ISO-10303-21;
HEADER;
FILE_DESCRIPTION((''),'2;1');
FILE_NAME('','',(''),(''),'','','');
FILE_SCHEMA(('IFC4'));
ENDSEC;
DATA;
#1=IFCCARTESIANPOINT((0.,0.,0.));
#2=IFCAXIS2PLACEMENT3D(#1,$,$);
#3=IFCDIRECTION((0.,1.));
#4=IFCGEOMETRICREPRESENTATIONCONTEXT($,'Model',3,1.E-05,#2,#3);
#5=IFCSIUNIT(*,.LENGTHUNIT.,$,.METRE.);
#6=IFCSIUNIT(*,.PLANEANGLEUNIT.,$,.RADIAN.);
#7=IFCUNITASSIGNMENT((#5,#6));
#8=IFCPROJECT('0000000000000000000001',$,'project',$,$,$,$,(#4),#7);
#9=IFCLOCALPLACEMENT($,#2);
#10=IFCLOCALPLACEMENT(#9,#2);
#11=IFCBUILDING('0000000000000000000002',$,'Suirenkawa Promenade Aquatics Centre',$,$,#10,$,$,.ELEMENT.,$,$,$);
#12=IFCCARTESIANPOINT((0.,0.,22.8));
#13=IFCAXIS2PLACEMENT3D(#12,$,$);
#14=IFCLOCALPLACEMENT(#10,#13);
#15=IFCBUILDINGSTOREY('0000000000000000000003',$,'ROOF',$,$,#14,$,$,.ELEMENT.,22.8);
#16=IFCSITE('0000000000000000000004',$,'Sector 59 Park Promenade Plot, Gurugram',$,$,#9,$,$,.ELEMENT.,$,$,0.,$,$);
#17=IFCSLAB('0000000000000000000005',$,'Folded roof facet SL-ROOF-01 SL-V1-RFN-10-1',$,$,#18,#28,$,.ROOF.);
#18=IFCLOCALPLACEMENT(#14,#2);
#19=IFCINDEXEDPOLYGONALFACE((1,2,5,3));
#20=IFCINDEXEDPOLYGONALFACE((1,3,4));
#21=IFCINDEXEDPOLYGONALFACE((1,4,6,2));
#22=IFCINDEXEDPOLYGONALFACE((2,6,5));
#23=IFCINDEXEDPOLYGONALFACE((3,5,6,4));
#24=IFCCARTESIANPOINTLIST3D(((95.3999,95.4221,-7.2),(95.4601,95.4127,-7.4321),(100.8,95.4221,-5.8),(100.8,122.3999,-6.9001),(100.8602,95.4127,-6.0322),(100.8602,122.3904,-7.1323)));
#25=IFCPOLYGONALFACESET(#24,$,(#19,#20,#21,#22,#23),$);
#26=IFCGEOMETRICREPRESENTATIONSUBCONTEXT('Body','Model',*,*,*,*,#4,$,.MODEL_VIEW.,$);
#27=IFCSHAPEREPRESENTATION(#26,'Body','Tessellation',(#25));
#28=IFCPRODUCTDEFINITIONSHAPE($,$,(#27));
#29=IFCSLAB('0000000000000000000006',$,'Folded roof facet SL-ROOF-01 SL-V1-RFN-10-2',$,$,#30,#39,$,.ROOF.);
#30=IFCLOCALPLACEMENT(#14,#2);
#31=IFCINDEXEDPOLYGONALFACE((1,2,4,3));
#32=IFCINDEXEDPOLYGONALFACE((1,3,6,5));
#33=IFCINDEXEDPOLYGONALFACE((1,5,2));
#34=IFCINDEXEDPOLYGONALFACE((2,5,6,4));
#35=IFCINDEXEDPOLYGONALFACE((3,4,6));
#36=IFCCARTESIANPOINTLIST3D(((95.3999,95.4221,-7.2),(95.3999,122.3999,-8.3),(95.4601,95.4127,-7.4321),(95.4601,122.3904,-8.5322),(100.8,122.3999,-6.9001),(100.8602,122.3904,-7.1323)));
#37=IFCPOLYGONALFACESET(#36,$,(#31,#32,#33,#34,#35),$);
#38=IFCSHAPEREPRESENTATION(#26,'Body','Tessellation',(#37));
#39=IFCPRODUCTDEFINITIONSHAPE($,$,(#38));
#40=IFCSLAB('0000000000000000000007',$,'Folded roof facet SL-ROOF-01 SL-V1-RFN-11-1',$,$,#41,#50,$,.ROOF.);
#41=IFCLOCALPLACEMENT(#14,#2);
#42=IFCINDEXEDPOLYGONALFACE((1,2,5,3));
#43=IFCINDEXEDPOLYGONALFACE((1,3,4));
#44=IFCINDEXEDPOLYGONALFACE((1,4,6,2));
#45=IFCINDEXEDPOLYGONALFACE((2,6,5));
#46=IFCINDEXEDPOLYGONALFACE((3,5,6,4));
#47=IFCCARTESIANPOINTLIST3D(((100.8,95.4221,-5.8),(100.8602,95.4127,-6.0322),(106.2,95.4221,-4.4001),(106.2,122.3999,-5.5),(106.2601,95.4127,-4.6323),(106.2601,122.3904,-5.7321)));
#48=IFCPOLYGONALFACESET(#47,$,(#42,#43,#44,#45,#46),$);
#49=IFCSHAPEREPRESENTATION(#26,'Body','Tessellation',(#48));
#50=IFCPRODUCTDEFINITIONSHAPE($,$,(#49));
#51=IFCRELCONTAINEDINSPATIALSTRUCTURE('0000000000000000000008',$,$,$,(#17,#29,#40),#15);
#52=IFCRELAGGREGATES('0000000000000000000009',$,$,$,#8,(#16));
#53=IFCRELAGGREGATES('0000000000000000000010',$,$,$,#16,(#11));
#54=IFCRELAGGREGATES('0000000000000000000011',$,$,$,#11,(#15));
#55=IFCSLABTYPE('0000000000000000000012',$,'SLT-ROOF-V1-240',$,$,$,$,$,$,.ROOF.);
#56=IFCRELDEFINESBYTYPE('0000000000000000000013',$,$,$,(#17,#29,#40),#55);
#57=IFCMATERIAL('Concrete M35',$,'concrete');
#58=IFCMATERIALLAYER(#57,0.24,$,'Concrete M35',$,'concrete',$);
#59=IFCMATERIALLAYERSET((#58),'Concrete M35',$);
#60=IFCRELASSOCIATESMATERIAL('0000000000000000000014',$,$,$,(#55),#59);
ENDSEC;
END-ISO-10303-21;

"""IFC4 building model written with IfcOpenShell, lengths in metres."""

from ifc_helpers import new_model, si_unit, direction, frame, origin, place, context, subcontext, project, spatial, polyline, outline, extrude, material, layer, layer_set, type_object, element, save


model = new_model("IFC4")

# Units and contexts
model_context = context("Model", 3, precision=1e-05, world=origin(), true_north=direction((0.0, 1.0)))
body_context = subcontext(model_context, "Body", "Model", "MODEL_VIEW")
ifc_project = project(units=[si_unit("LENGTHUNIT", "METRE"), si_unit("PLANEANGLEUNIT", "RADIAN")], contexts=[model_context])

# Site, building, storey
site_placement = place(None, origin())
site = spatial("IfcSite", under=ifc_project, at=site_placement, Name="Sector 59 Park Promenade Plot, Gurugram", CompositionType="ELEMENT", RefElevation=0.0)
building_placement = place(site_placement, origin())
building = spatial("IfcBuilding", under=site, at=building_placement, Name="Suirenkawa Promenade Aquatics Centre", CompositionType="ELEMENT")
storey_placement = place(building_placement, frame((0.0, 0.0, 22.8)))
storey = spatial("IfcBuildingStorey", under=building, at=storey_placement, Name="ROOF", CompositionType="ELEMENT", Elevation=22.8)

# Slabs
ifc_material_1 = material(Name="Concrete M35", Category="concrete")
ifc_layer_1 = layer(ifc_material_1, 0.24, Name="Concrete M35", Category="concrete")
ifc_layer_set_1 = layer_set([ifc_layer_1], Name="Concrete M35")
slab_type = type_object("IfcSlabType", Name="SLT-ROOF-V1-240", PredefinedType="ROOF", material=ifc_layer_set_1)
slab_1_placement = place(storey_placement, frame((95.3999, 95.4221, -7.2), z_axis=(-0.250744, 0.039442, 0.96725), x_axis=(0.968003, 0.0, 0.250939)))
element("IfcSlab", 1, at=slab_1_placement, inside=storey, type_object=slab_type, Name="Folded roof facet SL-ROOF-01 SL-V1-RFN-10-1", PredefinedType="ROOF", context=body_context, shape_type="SweptSolid", body=[
    extrude(outline(polyline([(0.0, 0.0), (5.5786, 0.0), (5.3026, 26.9988), (0.0, 0.0)])), origin(), (0.0, 0.0, -1.0), 0.24),
])
slab_2_placement = place(storey_placement, frame((95.3999, 95.4221, -7.2), z_axis=(-0.250744, 0.039442, 0.96725), x_axis=(0.196265, 0.98049, 0.010896)))
element("IfcSlab", 2, at=slab_2_placement, inside=storey, type_object=slab_type, Name="Folded roof facet SL-ROOF-01 SL-V1-RFN-10-2", PredefinedType="ROOF", context=body_context, shape_type="SweptSolid", body=[
    extrude(outline(polyline([(0.0, 0.0), (27.5146, 0.0), (26.4395, 5.4741), (0.0, 0.0)])), origin(), (0.0, 0.0, -1.0), 0.24),
])
slab_3_placement = place(storey_placement, frame((100.8, 95.4221, -5.8), z_axis=(-0.250755, 0.039434, 0.967247), x_axis=(0.968, 0.0, 0.25095)))
element("IfcSlab", 3, at=slab_3_placement, inside=storey, type_object=slab_type, Name="Folded roof facet SL-ROOF-01 SL-V1-RFN-11-1", PredefinedType="ROOF", context=body_context, shape_type="SweptSolid", body=[
    extrude(outline(polyline([(0.0, 0.0), (5.5784, 0.0), (5.3024, 26.9988), (0.0, 0.0)])), origin(), (0.0, 0.0, -1.0), 0.24),
])

save(model, "model.ifc")
